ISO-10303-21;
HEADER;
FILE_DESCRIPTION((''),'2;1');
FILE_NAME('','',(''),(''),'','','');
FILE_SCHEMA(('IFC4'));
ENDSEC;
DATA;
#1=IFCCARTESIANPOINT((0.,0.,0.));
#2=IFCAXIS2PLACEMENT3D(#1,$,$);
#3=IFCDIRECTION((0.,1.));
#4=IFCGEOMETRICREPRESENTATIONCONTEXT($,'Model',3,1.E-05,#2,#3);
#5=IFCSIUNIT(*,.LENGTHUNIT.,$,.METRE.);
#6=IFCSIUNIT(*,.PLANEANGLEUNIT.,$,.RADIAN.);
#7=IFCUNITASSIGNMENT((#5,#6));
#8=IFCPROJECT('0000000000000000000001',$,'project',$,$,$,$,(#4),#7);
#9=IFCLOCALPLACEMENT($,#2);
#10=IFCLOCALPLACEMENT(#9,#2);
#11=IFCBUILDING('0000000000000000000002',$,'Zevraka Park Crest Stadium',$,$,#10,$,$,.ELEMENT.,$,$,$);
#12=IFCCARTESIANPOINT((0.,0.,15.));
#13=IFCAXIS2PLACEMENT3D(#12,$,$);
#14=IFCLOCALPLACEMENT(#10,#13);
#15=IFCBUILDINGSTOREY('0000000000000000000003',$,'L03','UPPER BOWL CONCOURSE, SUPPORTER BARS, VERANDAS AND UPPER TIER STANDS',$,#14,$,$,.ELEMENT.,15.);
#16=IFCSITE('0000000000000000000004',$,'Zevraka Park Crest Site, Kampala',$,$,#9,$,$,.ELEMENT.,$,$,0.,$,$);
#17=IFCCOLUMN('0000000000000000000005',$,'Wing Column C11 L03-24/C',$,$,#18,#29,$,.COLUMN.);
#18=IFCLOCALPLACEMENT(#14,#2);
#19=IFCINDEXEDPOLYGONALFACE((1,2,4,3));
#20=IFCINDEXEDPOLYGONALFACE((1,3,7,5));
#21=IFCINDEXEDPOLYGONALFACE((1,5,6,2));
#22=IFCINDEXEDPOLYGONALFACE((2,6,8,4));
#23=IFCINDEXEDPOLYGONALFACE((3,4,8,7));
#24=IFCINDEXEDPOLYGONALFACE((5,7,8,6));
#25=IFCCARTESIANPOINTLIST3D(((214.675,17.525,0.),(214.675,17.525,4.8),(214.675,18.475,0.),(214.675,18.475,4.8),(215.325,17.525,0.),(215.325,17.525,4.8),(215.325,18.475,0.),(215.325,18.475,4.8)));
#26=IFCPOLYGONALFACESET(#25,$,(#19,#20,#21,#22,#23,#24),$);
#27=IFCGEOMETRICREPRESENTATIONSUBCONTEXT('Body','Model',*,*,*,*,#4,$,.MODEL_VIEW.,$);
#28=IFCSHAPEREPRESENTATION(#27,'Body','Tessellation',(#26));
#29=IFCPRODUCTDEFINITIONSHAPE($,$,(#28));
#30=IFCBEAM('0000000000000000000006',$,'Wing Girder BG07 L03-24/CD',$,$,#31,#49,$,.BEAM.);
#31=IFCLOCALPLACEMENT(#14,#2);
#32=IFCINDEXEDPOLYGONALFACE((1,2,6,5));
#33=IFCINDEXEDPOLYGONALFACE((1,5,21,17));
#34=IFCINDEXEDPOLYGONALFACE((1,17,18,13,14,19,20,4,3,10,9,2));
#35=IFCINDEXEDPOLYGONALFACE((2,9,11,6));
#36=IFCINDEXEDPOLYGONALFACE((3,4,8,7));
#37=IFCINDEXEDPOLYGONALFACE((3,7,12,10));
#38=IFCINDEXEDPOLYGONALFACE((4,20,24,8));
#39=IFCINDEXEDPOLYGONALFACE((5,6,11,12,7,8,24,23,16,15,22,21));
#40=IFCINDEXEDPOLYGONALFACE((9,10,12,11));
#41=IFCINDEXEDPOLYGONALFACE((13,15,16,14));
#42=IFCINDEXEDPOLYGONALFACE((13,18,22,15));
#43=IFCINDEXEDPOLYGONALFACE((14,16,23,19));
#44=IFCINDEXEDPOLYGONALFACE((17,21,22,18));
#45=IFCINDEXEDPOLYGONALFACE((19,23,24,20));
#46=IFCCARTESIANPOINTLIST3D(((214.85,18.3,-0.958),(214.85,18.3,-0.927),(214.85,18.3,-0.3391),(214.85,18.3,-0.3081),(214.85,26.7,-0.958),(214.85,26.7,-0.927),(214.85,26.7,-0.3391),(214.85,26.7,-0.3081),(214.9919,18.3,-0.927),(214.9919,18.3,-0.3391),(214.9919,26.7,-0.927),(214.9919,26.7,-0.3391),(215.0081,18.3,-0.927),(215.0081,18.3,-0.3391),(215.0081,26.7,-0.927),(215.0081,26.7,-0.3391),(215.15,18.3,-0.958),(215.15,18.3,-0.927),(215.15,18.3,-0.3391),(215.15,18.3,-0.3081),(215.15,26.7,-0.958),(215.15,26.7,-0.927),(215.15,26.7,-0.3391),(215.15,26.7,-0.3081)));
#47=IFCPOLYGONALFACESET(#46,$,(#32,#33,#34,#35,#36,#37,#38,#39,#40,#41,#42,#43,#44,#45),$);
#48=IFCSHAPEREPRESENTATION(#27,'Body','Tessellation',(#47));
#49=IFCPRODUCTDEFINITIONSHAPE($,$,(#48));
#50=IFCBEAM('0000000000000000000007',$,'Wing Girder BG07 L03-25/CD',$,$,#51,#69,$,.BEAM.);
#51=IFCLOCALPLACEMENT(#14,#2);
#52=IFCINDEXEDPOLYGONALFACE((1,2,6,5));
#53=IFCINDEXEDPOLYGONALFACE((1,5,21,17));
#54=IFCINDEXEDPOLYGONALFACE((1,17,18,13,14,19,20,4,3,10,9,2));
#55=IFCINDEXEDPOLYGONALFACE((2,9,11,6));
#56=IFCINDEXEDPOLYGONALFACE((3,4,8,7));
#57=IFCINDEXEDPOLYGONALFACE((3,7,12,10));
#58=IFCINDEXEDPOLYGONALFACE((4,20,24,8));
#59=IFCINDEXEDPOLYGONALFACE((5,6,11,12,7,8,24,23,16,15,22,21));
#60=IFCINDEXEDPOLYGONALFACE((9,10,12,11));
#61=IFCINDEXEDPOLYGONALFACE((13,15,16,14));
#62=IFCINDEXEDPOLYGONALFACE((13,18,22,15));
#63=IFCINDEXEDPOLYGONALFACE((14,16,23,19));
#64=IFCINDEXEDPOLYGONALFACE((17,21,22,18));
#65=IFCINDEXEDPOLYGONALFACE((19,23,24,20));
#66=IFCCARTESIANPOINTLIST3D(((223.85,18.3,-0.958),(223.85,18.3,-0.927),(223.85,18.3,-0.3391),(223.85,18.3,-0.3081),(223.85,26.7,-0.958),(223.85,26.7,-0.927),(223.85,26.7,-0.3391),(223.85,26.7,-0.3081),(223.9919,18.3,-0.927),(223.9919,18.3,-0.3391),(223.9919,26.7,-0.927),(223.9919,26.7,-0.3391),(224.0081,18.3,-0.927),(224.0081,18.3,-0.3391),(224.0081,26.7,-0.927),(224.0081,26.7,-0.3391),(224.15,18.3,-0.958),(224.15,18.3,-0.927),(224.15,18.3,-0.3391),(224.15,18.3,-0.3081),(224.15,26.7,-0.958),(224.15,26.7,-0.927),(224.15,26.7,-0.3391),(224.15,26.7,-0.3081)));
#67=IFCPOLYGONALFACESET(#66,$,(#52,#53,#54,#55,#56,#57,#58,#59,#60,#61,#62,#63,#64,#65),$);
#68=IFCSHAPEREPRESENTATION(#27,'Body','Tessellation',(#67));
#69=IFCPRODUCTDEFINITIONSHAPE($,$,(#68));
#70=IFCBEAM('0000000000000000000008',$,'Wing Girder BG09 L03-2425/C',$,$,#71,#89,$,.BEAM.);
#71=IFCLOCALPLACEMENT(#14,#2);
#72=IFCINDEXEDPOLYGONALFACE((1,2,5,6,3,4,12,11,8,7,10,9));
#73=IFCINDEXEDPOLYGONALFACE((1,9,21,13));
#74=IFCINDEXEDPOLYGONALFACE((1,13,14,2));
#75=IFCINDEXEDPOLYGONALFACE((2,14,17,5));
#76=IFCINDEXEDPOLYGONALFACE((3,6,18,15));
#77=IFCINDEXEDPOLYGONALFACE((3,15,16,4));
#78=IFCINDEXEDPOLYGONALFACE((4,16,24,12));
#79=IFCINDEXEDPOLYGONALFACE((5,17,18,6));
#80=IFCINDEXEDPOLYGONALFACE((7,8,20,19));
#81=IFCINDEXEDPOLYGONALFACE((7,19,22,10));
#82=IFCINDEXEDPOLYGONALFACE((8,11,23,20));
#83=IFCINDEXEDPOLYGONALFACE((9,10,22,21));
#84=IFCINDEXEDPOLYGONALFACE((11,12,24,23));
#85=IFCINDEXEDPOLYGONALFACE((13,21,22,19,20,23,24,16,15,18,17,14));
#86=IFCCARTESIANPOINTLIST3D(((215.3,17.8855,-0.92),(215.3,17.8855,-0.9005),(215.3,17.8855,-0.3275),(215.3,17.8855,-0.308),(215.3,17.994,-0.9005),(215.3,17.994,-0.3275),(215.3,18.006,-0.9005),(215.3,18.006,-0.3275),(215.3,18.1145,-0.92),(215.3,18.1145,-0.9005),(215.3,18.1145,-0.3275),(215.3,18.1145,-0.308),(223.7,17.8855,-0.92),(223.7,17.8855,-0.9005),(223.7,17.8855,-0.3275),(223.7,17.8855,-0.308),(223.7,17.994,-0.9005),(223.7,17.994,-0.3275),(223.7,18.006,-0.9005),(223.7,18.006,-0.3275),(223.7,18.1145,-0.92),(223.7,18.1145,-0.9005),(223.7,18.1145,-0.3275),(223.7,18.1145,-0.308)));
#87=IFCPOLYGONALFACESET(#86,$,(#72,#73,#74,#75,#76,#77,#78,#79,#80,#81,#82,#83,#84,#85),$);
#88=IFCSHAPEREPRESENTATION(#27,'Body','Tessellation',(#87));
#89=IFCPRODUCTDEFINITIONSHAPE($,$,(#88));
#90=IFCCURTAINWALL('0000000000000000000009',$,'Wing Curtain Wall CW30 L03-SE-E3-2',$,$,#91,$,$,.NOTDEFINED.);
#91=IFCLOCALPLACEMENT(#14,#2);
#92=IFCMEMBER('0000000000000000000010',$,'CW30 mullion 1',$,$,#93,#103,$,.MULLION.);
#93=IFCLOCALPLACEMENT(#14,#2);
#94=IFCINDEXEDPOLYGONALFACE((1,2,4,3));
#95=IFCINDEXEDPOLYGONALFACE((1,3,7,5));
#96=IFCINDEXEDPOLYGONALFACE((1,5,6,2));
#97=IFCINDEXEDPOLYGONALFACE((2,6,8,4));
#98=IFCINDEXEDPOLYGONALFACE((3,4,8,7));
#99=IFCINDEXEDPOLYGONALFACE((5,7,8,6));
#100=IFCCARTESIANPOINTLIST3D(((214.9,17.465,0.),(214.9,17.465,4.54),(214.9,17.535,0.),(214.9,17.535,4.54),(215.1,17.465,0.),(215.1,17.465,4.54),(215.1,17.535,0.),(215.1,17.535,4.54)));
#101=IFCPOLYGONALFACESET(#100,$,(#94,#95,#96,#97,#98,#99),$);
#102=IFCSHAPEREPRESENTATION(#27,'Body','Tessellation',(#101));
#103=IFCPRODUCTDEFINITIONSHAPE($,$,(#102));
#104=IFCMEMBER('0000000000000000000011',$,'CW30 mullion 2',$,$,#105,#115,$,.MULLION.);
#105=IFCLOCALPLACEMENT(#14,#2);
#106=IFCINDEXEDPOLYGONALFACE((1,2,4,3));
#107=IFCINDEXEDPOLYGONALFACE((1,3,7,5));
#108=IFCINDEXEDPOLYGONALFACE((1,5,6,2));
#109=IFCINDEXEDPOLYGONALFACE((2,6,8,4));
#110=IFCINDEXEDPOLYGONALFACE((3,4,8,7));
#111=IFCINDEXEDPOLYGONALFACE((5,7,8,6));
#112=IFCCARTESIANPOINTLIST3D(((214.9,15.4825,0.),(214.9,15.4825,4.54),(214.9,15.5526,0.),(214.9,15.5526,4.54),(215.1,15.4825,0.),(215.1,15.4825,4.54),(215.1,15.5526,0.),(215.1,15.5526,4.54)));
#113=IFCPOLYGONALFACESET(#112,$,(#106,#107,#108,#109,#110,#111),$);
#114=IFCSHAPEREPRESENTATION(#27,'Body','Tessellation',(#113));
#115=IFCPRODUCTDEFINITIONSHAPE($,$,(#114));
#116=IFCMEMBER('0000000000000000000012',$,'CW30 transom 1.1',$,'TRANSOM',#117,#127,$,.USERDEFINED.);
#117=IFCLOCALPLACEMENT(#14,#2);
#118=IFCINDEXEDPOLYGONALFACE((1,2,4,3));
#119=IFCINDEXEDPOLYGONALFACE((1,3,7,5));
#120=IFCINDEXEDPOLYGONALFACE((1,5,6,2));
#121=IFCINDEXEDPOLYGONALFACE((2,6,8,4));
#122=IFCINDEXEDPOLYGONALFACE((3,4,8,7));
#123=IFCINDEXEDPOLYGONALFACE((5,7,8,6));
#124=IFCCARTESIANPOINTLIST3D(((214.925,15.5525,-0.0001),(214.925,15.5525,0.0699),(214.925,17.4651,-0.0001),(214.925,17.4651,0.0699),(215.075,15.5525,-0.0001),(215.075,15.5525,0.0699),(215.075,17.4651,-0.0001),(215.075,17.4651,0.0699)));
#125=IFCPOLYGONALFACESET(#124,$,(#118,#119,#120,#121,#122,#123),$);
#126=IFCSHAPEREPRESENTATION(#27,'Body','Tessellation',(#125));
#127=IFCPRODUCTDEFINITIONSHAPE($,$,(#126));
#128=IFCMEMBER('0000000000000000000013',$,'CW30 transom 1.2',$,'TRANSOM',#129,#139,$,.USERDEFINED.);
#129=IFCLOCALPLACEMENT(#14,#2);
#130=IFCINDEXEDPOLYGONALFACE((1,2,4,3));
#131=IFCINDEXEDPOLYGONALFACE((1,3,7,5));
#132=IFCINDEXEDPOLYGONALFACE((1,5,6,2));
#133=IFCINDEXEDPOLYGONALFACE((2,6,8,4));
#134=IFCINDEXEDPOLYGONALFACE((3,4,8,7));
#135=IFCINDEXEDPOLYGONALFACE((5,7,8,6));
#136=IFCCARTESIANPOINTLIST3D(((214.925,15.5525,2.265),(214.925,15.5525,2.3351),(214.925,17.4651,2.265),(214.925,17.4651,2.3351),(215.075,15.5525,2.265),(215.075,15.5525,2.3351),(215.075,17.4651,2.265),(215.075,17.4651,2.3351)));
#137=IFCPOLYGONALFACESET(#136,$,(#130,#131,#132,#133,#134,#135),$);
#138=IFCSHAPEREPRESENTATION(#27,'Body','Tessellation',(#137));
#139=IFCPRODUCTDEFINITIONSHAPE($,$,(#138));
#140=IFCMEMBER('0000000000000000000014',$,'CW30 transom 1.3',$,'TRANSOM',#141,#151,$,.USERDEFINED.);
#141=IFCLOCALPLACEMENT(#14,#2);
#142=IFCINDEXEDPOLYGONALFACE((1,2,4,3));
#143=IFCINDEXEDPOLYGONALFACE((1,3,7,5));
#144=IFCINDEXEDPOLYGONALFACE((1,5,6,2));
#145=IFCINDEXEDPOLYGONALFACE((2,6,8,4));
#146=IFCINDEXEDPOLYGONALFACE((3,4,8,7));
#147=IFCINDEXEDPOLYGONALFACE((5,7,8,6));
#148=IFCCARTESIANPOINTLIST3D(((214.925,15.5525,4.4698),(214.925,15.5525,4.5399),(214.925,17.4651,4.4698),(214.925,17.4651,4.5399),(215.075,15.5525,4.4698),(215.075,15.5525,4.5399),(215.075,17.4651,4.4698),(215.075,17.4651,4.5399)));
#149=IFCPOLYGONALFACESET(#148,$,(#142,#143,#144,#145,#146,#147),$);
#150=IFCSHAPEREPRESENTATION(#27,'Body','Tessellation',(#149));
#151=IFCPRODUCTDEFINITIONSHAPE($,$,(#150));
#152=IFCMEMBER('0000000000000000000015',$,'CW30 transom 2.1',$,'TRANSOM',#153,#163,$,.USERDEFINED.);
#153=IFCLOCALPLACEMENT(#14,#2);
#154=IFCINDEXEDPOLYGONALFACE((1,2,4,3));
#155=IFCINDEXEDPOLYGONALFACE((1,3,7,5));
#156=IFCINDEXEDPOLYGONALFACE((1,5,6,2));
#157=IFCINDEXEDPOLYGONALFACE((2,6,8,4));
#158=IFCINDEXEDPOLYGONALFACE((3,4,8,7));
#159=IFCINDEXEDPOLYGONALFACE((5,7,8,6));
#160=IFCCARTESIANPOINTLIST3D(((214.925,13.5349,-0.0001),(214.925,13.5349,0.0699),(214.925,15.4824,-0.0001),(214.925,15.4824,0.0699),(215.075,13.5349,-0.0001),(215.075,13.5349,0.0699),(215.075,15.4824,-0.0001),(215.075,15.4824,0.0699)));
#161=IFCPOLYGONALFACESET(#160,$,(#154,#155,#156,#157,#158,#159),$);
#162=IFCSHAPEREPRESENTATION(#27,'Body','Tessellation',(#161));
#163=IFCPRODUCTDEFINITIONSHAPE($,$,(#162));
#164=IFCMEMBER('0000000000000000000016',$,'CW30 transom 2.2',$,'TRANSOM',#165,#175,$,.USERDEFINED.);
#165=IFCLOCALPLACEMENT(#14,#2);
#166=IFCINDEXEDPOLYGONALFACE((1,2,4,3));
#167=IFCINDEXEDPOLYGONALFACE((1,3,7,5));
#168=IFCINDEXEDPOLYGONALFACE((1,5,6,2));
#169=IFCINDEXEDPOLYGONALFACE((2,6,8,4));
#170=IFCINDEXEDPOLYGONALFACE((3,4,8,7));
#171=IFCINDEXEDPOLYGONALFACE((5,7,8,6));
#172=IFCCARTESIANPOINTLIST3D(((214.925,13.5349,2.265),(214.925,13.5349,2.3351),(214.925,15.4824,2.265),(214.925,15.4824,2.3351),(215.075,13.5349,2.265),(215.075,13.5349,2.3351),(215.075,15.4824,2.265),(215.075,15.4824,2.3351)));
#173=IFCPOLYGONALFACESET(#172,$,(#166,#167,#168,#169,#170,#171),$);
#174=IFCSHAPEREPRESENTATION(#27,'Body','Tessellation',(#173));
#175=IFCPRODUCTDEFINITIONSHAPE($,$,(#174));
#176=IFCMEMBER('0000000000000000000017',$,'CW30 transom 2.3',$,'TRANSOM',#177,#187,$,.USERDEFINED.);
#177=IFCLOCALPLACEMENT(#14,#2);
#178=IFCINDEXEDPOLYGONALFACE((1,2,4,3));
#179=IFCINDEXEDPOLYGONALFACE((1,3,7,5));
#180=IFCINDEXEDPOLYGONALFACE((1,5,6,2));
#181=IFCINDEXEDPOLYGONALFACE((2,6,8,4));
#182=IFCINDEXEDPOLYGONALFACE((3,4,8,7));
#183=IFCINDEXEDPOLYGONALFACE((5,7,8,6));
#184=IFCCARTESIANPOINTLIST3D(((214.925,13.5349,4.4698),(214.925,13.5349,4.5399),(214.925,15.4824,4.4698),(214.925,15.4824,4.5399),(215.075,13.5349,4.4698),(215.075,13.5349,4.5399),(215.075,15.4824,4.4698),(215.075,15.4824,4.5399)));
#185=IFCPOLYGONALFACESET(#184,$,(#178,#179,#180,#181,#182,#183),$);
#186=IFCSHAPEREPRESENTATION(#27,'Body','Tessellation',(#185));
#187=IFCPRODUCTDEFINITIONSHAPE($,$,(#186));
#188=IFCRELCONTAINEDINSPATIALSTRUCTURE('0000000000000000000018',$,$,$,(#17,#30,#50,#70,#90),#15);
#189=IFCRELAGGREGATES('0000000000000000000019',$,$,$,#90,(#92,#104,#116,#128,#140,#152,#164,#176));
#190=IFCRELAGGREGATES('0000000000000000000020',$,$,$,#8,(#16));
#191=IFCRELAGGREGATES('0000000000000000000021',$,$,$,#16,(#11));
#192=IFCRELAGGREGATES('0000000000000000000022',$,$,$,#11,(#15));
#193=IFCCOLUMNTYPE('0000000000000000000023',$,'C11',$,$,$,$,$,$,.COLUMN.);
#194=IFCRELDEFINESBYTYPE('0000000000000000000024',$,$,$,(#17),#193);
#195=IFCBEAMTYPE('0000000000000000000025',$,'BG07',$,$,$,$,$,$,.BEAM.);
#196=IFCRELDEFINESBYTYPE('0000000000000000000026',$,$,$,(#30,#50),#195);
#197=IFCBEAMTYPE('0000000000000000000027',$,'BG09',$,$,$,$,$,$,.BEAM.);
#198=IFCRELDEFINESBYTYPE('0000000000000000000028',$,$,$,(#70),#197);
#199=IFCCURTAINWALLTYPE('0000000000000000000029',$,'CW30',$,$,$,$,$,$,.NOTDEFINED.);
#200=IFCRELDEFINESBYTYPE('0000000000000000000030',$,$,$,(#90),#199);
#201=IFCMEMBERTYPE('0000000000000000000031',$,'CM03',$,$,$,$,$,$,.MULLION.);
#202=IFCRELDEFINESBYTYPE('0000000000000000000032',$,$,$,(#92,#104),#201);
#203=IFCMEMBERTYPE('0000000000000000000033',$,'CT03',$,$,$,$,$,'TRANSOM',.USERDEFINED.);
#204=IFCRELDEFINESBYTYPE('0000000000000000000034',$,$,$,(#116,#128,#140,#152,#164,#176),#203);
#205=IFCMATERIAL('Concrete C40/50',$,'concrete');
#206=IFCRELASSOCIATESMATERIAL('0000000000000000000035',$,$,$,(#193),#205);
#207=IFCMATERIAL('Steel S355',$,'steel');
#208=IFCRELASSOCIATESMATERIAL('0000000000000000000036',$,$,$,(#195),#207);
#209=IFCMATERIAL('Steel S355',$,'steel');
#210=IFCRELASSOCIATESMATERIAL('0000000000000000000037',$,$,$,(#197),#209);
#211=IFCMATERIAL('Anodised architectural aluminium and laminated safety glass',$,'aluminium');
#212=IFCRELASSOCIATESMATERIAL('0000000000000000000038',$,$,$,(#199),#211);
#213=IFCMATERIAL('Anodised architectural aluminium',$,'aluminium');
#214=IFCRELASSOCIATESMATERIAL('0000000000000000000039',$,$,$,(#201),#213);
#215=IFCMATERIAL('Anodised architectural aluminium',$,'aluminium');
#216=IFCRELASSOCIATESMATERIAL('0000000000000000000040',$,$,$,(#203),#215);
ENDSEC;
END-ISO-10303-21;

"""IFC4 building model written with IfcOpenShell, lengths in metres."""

from ifc_helpers import new_model, si_unit, direction, frame, origin, origin_2d, place, context, subcontext, project, spatial, rectangle, i_section, extrude, material, material_profile, profile_set, type_object, element, aggregate, save


model = new_model("IFC4")

# Units and contexts
model_context = context("Model", 3, precision=1e-05, world=origin(), true_north=direction((0.0, 1.0)))
body_context = subcontext(model_context, "Body", "Model", "MODEL_VIEW")
ifc_project = project(units=[si_unit("LENGTHUNIT", "METRE"), si_unit("PLANEANGLEUNIT", "RADIAN")], contexts=[model_context])

# Site, building, storey
site_placement = place(None, origin())
site = spatial("IfcSite", under=ifc_project, at=site_placement, Name="Zevraka Park Crest Site, Kampala", CompositionType="ELEMENT", RefElevation=0.0)
building_placement = place(site_placement, origin())
building = spatial("IfcBuilding", under=site, at=building_placement, Name="Zevraka Park Crest Stadium", CompositionType="ELEMENT")
storey_placement = place(building_placement, frame((0.0, 0.0, 15.0)))
storey = spatial("IfcBuildingStorey", under=building, at=storey_placement, Name="L03", Description="UPPER BOWL CONCOURSE, SUPPORTER BARS, VERANDAS AND UPPER TIER STANDS", CompositionType="ELEMENT", Elevation=15.0)

# Column
ifc_material_1 = material(Name="Concrete C40/50", Category="concrete")
ifc_material_profile_1 = material_profile(ifc_material_1, rectangle(XDim=0.6499, YDim=0.95, at=origin_2d()), Name="RC 950x650")
ifc_profile_set_1 = profile_set([ifc_material_profile_1], Name="Concrete C40/50")
column_type = type_object("IfcColumnType", Name="C11", PredefinedType="COLUMN", material=ifc_profile_set_1)
column_placement = place(storey_placement, frame((215.0, 18.0, 0.0), z_axis=(0.0, 0.0, 1.0), x_axis=(1.0, 0.0, 0.0)))
element("IfcColumn", 1, at=column_placement, inside=storey, type_object=column_type, Name="Wing Column C11 L03-24/C", PredefinedType="COLUMN", context=body_context, shape_type="SweptSolid", body=[
    extrude(rectangle(XDim=0.6499, YDim=0.95, at=origin_2d()), origin(), (0.0, 0.0, 1.0), 4.8),
])

# Beams
ifc_material_2 = material(Name="Steel S355", Category="steel")
ifc_material_profile_2 = material_profile(ifc_material_2, i_section(OverallWidth=0.3, OverallDepth=0.6499, WebThickness=0.0161, FlangeThickness=0.031, at=origin_2d()), Name="HEB 650")
ifc_profile_set_2 = profile_set([ifc_material_profile_2], Name="Steel S355")
beam_type_1 = type_object("IfcBeamType", Name="BG07", PredefinedType="BEAM", material=ifc_profile_set_2)
for number, where, z_axis, x_axis, name in (
    (2, (215.0, 18.3, -0.6331), (0.0, 1.0, 0.0), (-1.0, 0.0, 0.0), "Wing Girder BG07 L03-24/CD"),
    (3, (224.0, 18.3, -0.6331), (0.0, 1.0, 0.0), (-1.0, 0.0, 0.0), "Wing Girder BG07 L03-25/CD"),
):
    element("IfcBeam", number, at=place(storey_placement, frame(where, z_axis=z_axis, x_axis=x_axis)), inside=storey, type_object=beam_type_1, Name=name, PredefinedType="BEAM", context=body_context, shape_type="SweptSolid", body=[
        extrude(i_section(OverallWidth=0.3, OverallDepth=0.6499, WebThickness=0.0161, FlangeThickness=0.031, at=origin_2d()), origin(), (0.0, 0.0, 1.0), 8.3999),
    ])
ifc_material_3 = material(Name="Steel S355", Category="steel")
ifc_material_profile_3 = material_profile(ifc_material_3, i_section(OverallWidth=0.229, OverallDepth=0.6121, WebThickness=0.012, FlangeThickness=0.0195, at=origin_2d()), Name="UKB 610x229x125")
ifc_profile_set_3 = profile_set([ifc_material_profile_3], Name="Steel S355")
beam_type_2 = type_object("IfcBeamType", Name="BG09", PredefinedType="BEAM", material=ifc_profile_set_3)
beam_placement = place(storey_placement, frame((215.3, 18.0, -0.614), z_axis=(1.0, 0.0, 0.0), x_axis=(0.0, 1.0, 0.0)))
element("IfcBeam", 4, at=beam_placement, inside=storey, type_object=beam_type_2, Name="Wing Girder BG09 L03-2425/C", PredefinedType="BEAM", context=body_context, shape_type="SweptSolid", body=[
    extrude(i_section(OverallWidth=0.229, OverallDepth=0.6121, WebThickness=0.012, FlangeThickness=0.0195, at=origin_2d()), origin(), (0.0, 0.0, 1.0), 8.3999),
])

# Curtain wall, members
ifc_material_4 = material(Name="Anodised architectural aluminium and laminated safety glass", Category="aluminium")
curtain_wall_type = type_object("IfcCurtainWallType", Name="CW30", PredefinedType="NOTDEFINED", material=ifc_material_4)
curtain_wall_placement = place(storey_placement, origin())
curtain_wall = element("IfcCurtainWall", 5, at=curtain_wall_placement, inside=storey, type_object=curtain_wall_type, Name="Wing Curtain Wall CW30 L03-SE-E3-2", PredefinedType="NOTDEFINED")
ifc_material_5 = material(Name="Anodised architectural aluminium", Category="aluminium")
ifc_material_profile_4 = material_profile(ifc_material_5, rectangle(XDim=0.2, YDim=0.0701, at=origin_2d()), Name="ALU MULLION 200x70")
ifc_profile_set_4 = profile_set([ifc_material_profile_4], Name="Anodised architectural aluminium")
member_type_1 = type_object("IfcMemberType", Name="CM03", PredefinedType="MULLION", material=ifc_profile_set_4)
member_1_placement = place(storey_placement, frame((215.0, 17.5, 0.0), z_axis=(0.0, 0.0, 1.0), x_axis=(1.0, 0.0, 0.0)))
member_1 = element("IfcMember", 6, at=member_1_placement, type_object=member_type_1, Name="CW30 mullion 1", PredefinedType="MULLION", context=body_context, shape_type="SweptSolid", body=[
    extrude(rectangle(XDim=0.2, YDim=0.0701, at=origin_2d()), origin(), (0.0, 0.0, 1.0), 4.54),
])
member_2_placement = place(storey_placement, frame((215.0, 15.5176, 0.0), z_axis=(0.0, 0.0, 1.0), x_axis=(1.0, 0.0, 0.0)))
member_2 = element("IfcMember", 7, at=member_2_placement, type_object=member_type_1, Name="CW30 mullion 2", PredefinedType="MULLION", context=body_context, shape_type="SweptSolid", body=[
    extrude(rectangle(XDim=0.2, YDim=0.0701, at=origin_2d()), origin(), (0.0, 0.0, 1.0), 4.54),
])
ifc_material_6 = material(Name="Anodised architectural aluminium", Category="aluminium")
ifc_material_profile_5 = material_profile(ifc_material_6, rectangle(XDim=0.1499, YDim=0.0701, at=origin_2d()), Name="ALU TRANSOM 150x70")
ifc_profile_set_5 = profile_set([ifc_material_profile_5], Name="Anodised architectural aluminium")
member_type_2 = type_object("IfcMemberType", Name="CT03", ElementType="TRANSOM", PredefinedType="USERDEFINED", material=ifc_profile_set_5)
member_3_placement = place(storey_placement, frame((215.0, 17.4651, 0.0349), z_axis=(0.0, -1.0, 0.0), x_axis=(1.0, 0.0, 0.0)))
member_3 = element("IfcMember", 8, at=member_3_placement, type_object=member_type_2, Name="CW30 transom 1.1", ObjectType="TRANSOM", PredefinedType="USERDEFINED", context=body_context, shape_type="SweptSolid", body=[
    extrude(rectangle(XDim=0.1499, YDim=0.0701, at=origin_2d()), origin(), (0.0, 0.0, 1.0), 1.9126),
])
member_4_placement = place(storey_placement, frame((215.0, 17.4651, 2.3), z_axis=(0.0, -1.0, 0.0), x_axis=(1.0, 0.0, 0.0)))
member_4 = element("IfcMember", 9, at=member_4_placement, type_object=member_type_2, Name="CW30 transom 1.2", ObjectType="TRANSOM", PredefinedType="USERDEFINED", context=body_context, shape_type="SweptSolid", body=[
    extrude(rectangle(XDim=0.1499, YDim=0.0701, at=origin_2d()), origin(), (0.0, 0.0, 1.0), 1.9126),
])
member_5_placement = place(storey_placement, frame((215.0, 17.4651, 4.5049), z_axis=(0.0, -1.0, 0.0), x_axis=(1.0, 0.0, 0.0)))
member_5 = element("IfcMember", 10, at=member_5_placement, type_object=member_type_2, Name="CW30 transom 1.3", ObjectType="TRANSOM", PredefinedType="USERDEFINED", context=body_context, shape_type="SweptSolid", body=[
    extrude(rectangle(XDim=0.1499, YDim=0.0701, at=origin_2d()), origin(), (0.0, 0.0, 1.0), 1.9126),
])
member_6_placement = place(storey_placement, frame((215.0, 15.4824, 0.0349), z_axis=(0.0, -1.0, 0.0), x_axis=(1.0, 0.0, 0.0)))
member_6 = element("IfcMember", 11, at=member_6_placement, type_object=member_type_2, Name="CW30 transom 2.1", ObjectType="TRANSOM", PredefinedType="USERDEFINED", context=body_context, shape_type="SweptSolid", body=[
    extrude(rectangle(XDim=0.1499, YDim=0.0701, at=origin_2d()), origin(), (0.0, 0.0, 1.0), 1.9475),
])
member_7_placement = place(storey_placement, frame((215.0, 15.4824, 2.3), z_axis=(0.0, -1.0, 0.0), x_axis=(1.0, 0.0, 0.0)))
member_7 = element("IfcMember", 12, at=member_7_placement, type_object=member_type_2, Name="CW30 transom 2.2", ObjectType="TRANSOM", PredefinedType="USERDEFINED", context=body_context, shape_type="SweptSolid", body=[
    extrude(rectangle(XDim=0.1499, YDim=0.0701, at=origin_2d()), origin(), (0.0, 0.0, 1.0), 1.9475),
])
member_8_placement = place(storey_placement, frame((215.0, 15.4824, 4.5049), z_axis=(0.0, -1.0, 0.0), x_axis=(1.0, 0.0, 0.0)))
member_8 = element("IfcMember", 13, at=member_8_placement, type_object=member_type_2, Name="CW30 transom 2.3", ObjectType="TRANSOM", PredefinedType="USERDEFINED", context=body_context, shape_type="SweptSolid", body=[
    extrude(rectangle(XDim=0.1499, YDim=0.0701, at=origin_2d()), origin(), (0.0, 0.0, 1.0), 1.9475),
])

aggregate(curtain_wall, [member_1, member_2, member_3, member_4, member_5, member_6, member_7, member_8])

save(model, "model.ifc")
